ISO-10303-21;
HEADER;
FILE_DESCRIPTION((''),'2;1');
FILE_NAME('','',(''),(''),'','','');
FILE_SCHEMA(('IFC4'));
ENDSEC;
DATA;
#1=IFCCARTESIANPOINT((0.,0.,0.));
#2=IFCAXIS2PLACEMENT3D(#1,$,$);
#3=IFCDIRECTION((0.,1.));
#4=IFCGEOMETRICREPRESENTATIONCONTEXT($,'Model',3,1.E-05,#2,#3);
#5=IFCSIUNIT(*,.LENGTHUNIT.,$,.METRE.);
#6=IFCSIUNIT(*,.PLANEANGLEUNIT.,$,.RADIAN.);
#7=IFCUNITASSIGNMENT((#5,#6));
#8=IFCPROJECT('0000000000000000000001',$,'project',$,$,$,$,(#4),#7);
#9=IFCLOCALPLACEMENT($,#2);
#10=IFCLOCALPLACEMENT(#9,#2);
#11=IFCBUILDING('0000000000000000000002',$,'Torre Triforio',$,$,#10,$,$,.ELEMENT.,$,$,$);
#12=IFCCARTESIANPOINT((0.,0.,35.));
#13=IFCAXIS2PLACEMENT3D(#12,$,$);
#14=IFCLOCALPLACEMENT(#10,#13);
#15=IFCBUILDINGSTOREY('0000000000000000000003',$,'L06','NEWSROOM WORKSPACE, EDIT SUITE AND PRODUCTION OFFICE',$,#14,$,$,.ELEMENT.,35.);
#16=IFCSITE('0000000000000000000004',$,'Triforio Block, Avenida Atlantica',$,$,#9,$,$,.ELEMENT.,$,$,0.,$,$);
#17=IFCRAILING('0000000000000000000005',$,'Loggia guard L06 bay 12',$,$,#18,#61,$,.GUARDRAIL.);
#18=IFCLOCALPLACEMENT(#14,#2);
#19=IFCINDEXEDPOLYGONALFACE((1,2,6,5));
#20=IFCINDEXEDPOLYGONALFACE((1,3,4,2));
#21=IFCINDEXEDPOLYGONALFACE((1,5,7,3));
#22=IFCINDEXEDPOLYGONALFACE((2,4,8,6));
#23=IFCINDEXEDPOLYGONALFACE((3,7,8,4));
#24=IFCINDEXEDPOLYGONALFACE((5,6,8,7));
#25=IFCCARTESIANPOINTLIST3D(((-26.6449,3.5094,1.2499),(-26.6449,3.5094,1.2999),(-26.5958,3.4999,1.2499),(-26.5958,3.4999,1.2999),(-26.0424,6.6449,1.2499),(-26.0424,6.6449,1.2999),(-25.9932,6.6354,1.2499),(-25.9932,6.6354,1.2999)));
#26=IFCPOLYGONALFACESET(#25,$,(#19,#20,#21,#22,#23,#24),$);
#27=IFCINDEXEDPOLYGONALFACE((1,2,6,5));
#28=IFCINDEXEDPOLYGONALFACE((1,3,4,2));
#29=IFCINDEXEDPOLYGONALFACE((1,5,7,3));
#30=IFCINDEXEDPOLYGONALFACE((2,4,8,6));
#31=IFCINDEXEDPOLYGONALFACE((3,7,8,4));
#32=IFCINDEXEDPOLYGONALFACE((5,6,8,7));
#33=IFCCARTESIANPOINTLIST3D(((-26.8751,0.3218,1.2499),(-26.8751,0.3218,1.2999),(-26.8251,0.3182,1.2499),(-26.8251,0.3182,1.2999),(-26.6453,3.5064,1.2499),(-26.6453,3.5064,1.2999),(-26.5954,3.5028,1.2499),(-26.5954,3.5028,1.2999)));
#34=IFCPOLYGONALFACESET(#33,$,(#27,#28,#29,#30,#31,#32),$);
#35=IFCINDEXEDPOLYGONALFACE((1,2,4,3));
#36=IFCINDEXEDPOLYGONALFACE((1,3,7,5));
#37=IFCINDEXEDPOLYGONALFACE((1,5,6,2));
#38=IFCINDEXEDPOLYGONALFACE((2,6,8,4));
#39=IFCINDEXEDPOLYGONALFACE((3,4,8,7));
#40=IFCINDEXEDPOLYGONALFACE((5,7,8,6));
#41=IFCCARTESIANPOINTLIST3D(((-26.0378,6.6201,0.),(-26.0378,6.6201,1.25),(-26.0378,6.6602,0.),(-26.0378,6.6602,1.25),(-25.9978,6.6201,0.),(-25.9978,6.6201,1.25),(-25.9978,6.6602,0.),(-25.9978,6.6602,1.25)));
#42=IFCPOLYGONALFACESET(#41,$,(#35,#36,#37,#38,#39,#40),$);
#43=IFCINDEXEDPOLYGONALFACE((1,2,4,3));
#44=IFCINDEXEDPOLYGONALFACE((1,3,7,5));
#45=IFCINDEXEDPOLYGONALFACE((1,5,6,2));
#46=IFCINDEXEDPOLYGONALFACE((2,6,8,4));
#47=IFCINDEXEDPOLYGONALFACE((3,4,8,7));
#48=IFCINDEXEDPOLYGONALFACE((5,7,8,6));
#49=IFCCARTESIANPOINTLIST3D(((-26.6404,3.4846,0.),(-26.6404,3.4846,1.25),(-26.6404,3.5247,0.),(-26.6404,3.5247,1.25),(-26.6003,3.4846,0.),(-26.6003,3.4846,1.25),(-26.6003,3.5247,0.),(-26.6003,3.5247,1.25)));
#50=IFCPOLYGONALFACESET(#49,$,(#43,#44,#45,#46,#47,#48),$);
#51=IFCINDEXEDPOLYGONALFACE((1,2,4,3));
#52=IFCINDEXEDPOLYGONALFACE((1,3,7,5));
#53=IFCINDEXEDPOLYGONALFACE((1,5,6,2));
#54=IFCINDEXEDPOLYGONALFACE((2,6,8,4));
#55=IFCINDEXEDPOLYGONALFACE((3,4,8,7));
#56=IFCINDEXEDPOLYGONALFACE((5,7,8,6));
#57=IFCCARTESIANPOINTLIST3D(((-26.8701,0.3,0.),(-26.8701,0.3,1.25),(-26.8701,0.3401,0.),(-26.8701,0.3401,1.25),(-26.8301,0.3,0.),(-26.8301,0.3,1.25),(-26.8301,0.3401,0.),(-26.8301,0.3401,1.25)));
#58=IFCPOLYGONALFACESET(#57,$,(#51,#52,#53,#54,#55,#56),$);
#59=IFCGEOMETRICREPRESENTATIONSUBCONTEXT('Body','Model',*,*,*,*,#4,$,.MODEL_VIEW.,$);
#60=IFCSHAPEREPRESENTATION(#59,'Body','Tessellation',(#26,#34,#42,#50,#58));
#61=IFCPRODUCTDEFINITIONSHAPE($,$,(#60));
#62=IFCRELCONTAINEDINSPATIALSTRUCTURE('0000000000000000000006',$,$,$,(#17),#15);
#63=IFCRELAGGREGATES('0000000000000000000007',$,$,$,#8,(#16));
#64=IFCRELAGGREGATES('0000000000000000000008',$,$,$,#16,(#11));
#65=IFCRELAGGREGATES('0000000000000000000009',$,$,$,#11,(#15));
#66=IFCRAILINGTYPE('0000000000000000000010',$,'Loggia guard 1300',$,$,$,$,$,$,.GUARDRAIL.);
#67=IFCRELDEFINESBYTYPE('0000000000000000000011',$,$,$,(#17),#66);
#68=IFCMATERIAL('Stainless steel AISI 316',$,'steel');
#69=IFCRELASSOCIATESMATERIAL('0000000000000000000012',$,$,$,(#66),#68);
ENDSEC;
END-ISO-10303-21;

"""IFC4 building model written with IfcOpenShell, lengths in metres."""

from ifc_helpers import new_model, si_unit, direction, frame, origin, origin_2d, place, context, subcontext, project, spatial, rectangle, extrude, material, type_object, element, save


model = new_model("IFC4")

# Units and contexts
model_context = context("Model", 3, precision=1e-05, world=origin(), true_north=direction((0.0, 1.0)))
body_context = subcontext(model_context, "Body", "Model", "MODEL_VIEW")
ifc_project = project(units=[si_unit("LENGTHUNIT", "METRE"), si_unit("PLANEANGLEUNIT", "RADIAN")], contexts=[model_context])

# Site, building, storey
site_placement = place(None, origin())
site = spatial("IfcSite", under=ifc_project, at=site_placement, Name="Triforio Block, Avenida Atlantica", CompositionType="ELEMENT", RefElevation=0.0)
building_placement = place(site_placement, origin())
building = spatial("IfcBuilding", under=site, at=building_placement, Name="Torre Triforio", CompositionType="ELEMENT")
storey_placement = place(building_placement, frame((0.0, 0.0, 35.0)))
storey = spatial("IfcBuildingStorey", under=building, at=storey_placement, Name="L06", Description="NEWSROOM WORKSPACE, EDIT SUITE AND PRODUCTION OFFICE", CompositionType="ELEMENT", Elevation=35.0)

# Railing
ifc_material_1 = material(Name="Stainless steel AISI 316", Category="steel")
railing_type = type_object("IfcRailingType", Name="Loggia guard 1300", PredefinedType="GUARDRAIL", material=ifc_material_1)
railing_placement = place(storey_placement, frame((-26.0178, 6.6401, 0.0)))
element("IfcRailing", 1, at=railing_placement, inside=storey, type_object=railing_type, Name="Loggia guard L06 bay 12", PredefinedType="GUARDRAIL", context=body_context, shape_type="SweptSolid", body=[
    extrude(rectangle(XDim=0.05, YDim=0.05, at=origin_2d()), frame((0.0, 0.0, 1.2749), z_axis=(-0.188714, -0.982032, 0.0), x_axis=(0.982032, -0.188714, 0.0)), (0.0, 0.0, 1.0), 3.1929),
    extrude(rectangle(XDim=0.05, YDim=0.05, at=origin_2d()), frame((-0.6025, -3.1355, 1.2749), z_axis=(-0.071953, -0.997408, 0.0), x_axis=(0.997408, -0.071953, 0.0)), (0.0, 0.0, 1.0), 3.1929),
    extrude(rectangle(XDim=0.04, YDim=0.04, at=origin_2d()), origin(), (0.0, 0.0, 1.0), 1.25),
    extrude(rectangle(XDim=0.04, YDim=0.04, at=origin_2d()), frame((-0.6025, -3.1355, 0.0)), (0.0, 0.0, 1.0), 1.25),
    extrude(rectangle(XDim=0.04, YDim=0.04, at=origin_2d()), frame((-0.8323, -6.3201, 0.0)), (0.0, 0.0, 1.0), 1.25),
])

save(model, "model.ifc")
